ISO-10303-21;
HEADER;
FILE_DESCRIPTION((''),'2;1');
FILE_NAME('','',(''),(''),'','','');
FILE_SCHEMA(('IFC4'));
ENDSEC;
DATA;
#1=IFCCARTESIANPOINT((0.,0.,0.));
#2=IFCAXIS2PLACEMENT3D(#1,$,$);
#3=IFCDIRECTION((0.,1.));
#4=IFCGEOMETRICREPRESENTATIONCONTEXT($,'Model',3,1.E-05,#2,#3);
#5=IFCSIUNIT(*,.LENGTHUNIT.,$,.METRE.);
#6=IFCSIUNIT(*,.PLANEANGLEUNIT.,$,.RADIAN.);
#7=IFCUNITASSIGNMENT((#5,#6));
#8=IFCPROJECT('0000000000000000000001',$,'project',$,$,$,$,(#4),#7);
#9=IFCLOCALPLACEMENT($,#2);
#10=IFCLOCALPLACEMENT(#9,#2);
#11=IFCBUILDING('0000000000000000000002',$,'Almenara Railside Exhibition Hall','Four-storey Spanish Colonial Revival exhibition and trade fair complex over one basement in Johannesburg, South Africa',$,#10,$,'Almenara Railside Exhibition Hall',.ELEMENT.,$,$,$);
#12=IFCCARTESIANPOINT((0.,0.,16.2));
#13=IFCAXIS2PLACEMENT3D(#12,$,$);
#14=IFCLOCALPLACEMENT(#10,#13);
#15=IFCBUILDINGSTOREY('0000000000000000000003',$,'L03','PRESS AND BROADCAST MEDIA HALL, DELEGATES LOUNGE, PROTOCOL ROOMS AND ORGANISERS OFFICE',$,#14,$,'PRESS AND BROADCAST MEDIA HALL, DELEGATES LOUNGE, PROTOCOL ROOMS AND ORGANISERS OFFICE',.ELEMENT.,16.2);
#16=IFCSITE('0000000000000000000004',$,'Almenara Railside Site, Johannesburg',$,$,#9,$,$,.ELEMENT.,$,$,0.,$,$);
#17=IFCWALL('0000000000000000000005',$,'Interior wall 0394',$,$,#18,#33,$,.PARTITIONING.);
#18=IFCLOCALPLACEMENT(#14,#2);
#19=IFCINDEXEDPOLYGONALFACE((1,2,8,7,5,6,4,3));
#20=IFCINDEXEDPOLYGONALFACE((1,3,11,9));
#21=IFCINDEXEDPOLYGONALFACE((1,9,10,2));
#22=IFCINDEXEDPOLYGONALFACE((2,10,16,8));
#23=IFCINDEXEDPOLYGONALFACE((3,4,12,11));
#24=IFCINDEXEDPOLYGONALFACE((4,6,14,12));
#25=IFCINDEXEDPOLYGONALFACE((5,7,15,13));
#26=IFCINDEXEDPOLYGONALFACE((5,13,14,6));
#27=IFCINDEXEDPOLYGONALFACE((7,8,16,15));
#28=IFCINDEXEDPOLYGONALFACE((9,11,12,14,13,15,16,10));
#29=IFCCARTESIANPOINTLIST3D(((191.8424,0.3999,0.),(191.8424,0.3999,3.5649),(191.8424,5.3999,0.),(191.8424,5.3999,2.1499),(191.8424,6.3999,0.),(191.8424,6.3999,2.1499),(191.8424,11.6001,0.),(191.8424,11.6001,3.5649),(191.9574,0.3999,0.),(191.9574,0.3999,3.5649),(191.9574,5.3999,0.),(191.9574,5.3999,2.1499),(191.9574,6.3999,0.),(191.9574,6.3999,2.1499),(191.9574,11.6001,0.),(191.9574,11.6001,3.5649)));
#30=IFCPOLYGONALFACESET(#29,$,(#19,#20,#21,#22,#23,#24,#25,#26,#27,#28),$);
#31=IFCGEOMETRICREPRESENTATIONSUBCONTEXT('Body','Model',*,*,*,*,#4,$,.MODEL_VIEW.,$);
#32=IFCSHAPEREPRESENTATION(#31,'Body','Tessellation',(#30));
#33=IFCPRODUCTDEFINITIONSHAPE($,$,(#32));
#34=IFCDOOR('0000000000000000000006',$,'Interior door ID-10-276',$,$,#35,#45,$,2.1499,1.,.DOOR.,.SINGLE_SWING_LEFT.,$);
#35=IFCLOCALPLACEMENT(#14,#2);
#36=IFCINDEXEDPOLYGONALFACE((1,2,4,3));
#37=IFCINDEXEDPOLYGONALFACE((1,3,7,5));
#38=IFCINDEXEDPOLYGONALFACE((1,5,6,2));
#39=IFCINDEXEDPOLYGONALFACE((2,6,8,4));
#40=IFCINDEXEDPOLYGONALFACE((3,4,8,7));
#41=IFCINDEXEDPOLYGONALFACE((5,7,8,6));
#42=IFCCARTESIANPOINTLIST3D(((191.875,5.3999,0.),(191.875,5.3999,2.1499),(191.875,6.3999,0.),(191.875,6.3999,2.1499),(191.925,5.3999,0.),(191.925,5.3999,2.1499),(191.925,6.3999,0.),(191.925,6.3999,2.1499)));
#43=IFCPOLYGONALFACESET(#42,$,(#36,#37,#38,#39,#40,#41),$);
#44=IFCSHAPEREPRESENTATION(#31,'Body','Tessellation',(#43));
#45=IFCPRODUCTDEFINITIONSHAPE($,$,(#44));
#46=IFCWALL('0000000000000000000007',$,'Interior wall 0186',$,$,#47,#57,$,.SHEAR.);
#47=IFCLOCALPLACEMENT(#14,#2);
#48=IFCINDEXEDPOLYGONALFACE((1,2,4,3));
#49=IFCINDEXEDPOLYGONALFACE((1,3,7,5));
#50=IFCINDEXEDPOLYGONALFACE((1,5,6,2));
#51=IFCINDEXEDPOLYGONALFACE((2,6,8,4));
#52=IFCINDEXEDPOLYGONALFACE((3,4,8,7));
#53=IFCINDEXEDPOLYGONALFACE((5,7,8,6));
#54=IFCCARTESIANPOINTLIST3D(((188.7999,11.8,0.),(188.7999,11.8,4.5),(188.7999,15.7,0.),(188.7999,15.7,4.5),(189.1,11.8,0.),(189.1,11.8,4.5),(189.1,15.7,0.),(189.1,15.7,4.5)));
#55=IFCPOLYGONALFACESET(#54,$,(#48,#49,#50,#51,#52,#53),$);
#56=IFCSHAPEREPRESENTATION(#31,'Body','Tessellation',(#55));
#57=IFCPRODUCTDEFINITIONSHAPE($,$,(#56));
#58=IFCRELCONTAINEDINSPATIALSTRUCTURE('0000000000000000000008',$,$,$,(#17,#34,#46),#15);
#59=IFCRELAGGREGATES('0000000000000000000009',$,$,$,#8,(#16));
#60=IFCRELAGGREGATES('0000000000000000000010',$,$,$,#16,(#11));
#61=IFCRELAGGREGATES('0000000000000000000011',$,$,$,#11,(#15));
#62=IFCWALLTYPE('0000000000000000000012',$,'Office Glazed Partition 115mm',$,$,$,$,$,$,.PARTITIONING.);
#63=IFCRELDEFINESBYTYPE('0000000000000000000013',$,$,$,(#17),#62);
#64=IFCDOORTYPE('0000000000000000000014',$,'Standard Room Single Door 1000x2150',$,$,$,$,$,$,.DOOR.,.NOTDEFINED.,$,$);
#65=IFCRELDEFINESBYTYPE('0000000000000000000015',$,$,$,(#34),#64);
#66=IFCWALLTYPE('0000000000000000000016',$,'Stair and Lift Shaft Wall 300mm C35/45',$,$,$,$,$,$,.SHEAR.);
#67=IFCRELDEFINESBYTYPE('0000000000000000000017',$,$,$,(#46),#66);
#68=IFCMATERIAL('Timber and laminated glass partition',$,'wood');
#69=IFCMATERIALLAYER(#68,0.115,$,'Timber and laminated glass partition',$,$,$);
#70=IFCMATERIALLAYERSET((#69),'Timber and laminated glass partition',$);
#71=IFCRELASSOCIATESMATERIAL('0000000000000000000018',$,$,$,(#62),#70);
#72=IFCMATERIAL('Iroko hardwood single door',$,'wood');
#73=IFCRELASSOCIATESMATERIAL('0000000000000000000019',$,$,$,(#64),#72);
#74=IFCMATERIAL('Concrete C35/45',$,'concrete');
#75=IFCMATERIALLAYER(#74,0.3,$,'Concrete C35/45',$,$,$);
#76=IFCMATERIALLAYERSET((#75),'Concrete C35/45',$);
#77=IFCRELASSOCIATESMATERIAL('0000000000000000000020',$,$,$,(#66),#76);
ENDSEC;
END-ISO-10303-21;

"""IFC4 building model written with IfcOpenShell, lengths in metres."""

from ifc_helpers import new_model, si_unit, direction, frame, frame_2d, origin, place, context, subcontext, project, spatial, rectangle, extrude, material, layer, layer_set, type_object, element, fill, save


model = new_model("IFC4")

# Units and contexts
model_context = context("Model", 3, precision=1e-05, world=origin(), true_north=direction((0.0, 1.0)))
body_context = subcontext(model_context, "Body", "Model", "MODEL_VIEW")
ifc_project = project(units=[si_unit("LENGTHUNIT", "METRE"), si_unit("PLANEANGLEUNIT", "RADIAN")], contexts=[model_context])

# Site, building, storey
site_placement = place(None, origin())
site = spatial("IfcSite", under=ifc_project, at=site_placement, Name="Almenara Railside Site, Johannesburg", CompositionType="ELEMENT", RefElevation=0.0)
building_placement = place(site_placement, origin())
building = spatial("IfcBuilding", under=site, at=building_placement, Name="Almenara Railside Exhibition Hall", Description="Four-storey Spanish Colonial Revival exhibition and trade fair complex over one basement in Johannesburg, South Africa", LongName="Almenara Railside Exhibition Hall", CompositionType="ELEMENT")
storey_placement = place(building_placement, frame((0.0, 0.0, 16.2)))
storey = spatial("IfcBuildingStorey", under=building, at=storey_placement, Name="L03", Description="PRESS AND BROADCAST MEDIA HALL, DELEGATES LOUNGE, PROTOCOL ROOMS AND ORGANISERS OFFICE", LongName="PRESS AND BROADCAST MEDIA HALL, DELEGATES LOUNGE, PROTOCOL ROOMS AND ORGANISERS OFFICE", CompositionType="ELEMENT", Elevation=16.2)

# Shared definitions
ifc_material_1 = material(Name="Concrete C35/45", Category="concrete")

# Wall, opening, door
ifc_material_2 = material(Name="Timber and laminated glass partition", Category="wood")
ifc_layer_1 = layer(ifc_material_2, 0.115, Name="Timber and laminated glass partition")
ifc_layer_set_1 = layer_set([ifc_layer_1], Name="Timber and laminated glass partition")
wall_type_1 = type_object("IfcWallType", Name="Office Glazed Partition 115mm", PredefinedType="PARTITIONING", material=ifc_layer_set_1)
wall_1_placement = place(storey_placement, frame((191.8999, 0.3999, 0.0), z_axis=(0.0, 0.0, 1.0), x_axis=(0.0, 1.0, 0.0)))
wall_1 = element("IfcWall", 1, at=wall_1_placement, inside=storey, type_object=wall_type_1, Name="Interior wall 0394", PredefinedType="PARTITIONING", context=body_context, shape_type="SweptSolid", body=[
    extrude(rectangle(XDim=11.2002, YDim=0.115, at=frame_2d((5.6001, 0.0))), origin(), (0.0, 0.0, 1.0), 3.5649),
])
opening_1_placement = place(wall_1_placement, frame((5.0, 0.0, 0.0)))
opening_1 = element("IfcOpeningElement", 2, at=opening_1_placement, cuts=wall_1, PredefinedType="OPENING", context=body_context, shape_type="SweptSolid", body=[
    extrude(rectangle(XDim=1.0, YDim=2.1499, at=frame_2d((0.5, 1.075))), frame((0.0, 0.0674, 0.0), z_axis=(0.0, -1.0, 0.0), x_axis=(1.0, 0.0, 0.0)), (0.0, 0.0, 1.0), 0.135),
])
ifc_material_3 = material(Name="Iroko hardwood single door", Category="wood")
door_type = type_object("IfcDoorType", Name="Standard Room Single Door 1000x2150", OperationType="NOTDEFINED", PredefinedType="DOOR", material=ifc_material_3)
door_placement = place(opening_1_placement, origin())
door = element("IfcDoor", 3, at=door_placement, inside=storey, type_object=door_type, Name="Interior door ID-10-276", OperationType="SINGLE_SWING_LEFT", OverallHeight=2.1499, OverallWidth=1.0, PredefinedType="DOOR", context=body_context, shape_type="SweptSolid", body=[
    extrude(rectangle(XDim=1.0, YDim=2.1499, at=frame_2d((0.5, 1.075))), frame((0.0, 0.0249, 0.0), z_axis=(0.0, -1.0, 0.0), x_axis=(1.0, 0.0, 0.0)), (0.0, 0.0, 1.0), 0.05),
])
fill(opening_1, door)

# Wall
ifc_layer_2 = layer(ifc_material_1, 0.3, Name="Concrete C35/45")
ifc_layer_set_2 = layer_set([ifc_layer_2], Name="Concrete C35/45")
wall_type_2 = type_object("IfcWallType", Name="Stair and Lift Shaft Wall 300mm C35/45", PredefinedType="SHEAR", material=ifc_layer_set_2)
wall_2_placement = place(storey_placement, frame((188.95, 11.8, 0.0), z_axis=(0.0, 0.0, 1.0), x_axis=(0.0, 1.0, 0.0)))
element("IfcWall", 4, at=wall_2_placement, inside=storey, type_object=wall_type_2, Name="Interior wall 0186", PredefinedType="SHEAR", context=body_context, shape_type="SweptSolid", body=[
    extrude(rectangle(XDim=3.8999, YDim=0.3, at=frame_2d((1.95, 0.0))), origin(), (0.0, 0.0, 1.0), 4.5),
])

save(model, "model.ifc")
